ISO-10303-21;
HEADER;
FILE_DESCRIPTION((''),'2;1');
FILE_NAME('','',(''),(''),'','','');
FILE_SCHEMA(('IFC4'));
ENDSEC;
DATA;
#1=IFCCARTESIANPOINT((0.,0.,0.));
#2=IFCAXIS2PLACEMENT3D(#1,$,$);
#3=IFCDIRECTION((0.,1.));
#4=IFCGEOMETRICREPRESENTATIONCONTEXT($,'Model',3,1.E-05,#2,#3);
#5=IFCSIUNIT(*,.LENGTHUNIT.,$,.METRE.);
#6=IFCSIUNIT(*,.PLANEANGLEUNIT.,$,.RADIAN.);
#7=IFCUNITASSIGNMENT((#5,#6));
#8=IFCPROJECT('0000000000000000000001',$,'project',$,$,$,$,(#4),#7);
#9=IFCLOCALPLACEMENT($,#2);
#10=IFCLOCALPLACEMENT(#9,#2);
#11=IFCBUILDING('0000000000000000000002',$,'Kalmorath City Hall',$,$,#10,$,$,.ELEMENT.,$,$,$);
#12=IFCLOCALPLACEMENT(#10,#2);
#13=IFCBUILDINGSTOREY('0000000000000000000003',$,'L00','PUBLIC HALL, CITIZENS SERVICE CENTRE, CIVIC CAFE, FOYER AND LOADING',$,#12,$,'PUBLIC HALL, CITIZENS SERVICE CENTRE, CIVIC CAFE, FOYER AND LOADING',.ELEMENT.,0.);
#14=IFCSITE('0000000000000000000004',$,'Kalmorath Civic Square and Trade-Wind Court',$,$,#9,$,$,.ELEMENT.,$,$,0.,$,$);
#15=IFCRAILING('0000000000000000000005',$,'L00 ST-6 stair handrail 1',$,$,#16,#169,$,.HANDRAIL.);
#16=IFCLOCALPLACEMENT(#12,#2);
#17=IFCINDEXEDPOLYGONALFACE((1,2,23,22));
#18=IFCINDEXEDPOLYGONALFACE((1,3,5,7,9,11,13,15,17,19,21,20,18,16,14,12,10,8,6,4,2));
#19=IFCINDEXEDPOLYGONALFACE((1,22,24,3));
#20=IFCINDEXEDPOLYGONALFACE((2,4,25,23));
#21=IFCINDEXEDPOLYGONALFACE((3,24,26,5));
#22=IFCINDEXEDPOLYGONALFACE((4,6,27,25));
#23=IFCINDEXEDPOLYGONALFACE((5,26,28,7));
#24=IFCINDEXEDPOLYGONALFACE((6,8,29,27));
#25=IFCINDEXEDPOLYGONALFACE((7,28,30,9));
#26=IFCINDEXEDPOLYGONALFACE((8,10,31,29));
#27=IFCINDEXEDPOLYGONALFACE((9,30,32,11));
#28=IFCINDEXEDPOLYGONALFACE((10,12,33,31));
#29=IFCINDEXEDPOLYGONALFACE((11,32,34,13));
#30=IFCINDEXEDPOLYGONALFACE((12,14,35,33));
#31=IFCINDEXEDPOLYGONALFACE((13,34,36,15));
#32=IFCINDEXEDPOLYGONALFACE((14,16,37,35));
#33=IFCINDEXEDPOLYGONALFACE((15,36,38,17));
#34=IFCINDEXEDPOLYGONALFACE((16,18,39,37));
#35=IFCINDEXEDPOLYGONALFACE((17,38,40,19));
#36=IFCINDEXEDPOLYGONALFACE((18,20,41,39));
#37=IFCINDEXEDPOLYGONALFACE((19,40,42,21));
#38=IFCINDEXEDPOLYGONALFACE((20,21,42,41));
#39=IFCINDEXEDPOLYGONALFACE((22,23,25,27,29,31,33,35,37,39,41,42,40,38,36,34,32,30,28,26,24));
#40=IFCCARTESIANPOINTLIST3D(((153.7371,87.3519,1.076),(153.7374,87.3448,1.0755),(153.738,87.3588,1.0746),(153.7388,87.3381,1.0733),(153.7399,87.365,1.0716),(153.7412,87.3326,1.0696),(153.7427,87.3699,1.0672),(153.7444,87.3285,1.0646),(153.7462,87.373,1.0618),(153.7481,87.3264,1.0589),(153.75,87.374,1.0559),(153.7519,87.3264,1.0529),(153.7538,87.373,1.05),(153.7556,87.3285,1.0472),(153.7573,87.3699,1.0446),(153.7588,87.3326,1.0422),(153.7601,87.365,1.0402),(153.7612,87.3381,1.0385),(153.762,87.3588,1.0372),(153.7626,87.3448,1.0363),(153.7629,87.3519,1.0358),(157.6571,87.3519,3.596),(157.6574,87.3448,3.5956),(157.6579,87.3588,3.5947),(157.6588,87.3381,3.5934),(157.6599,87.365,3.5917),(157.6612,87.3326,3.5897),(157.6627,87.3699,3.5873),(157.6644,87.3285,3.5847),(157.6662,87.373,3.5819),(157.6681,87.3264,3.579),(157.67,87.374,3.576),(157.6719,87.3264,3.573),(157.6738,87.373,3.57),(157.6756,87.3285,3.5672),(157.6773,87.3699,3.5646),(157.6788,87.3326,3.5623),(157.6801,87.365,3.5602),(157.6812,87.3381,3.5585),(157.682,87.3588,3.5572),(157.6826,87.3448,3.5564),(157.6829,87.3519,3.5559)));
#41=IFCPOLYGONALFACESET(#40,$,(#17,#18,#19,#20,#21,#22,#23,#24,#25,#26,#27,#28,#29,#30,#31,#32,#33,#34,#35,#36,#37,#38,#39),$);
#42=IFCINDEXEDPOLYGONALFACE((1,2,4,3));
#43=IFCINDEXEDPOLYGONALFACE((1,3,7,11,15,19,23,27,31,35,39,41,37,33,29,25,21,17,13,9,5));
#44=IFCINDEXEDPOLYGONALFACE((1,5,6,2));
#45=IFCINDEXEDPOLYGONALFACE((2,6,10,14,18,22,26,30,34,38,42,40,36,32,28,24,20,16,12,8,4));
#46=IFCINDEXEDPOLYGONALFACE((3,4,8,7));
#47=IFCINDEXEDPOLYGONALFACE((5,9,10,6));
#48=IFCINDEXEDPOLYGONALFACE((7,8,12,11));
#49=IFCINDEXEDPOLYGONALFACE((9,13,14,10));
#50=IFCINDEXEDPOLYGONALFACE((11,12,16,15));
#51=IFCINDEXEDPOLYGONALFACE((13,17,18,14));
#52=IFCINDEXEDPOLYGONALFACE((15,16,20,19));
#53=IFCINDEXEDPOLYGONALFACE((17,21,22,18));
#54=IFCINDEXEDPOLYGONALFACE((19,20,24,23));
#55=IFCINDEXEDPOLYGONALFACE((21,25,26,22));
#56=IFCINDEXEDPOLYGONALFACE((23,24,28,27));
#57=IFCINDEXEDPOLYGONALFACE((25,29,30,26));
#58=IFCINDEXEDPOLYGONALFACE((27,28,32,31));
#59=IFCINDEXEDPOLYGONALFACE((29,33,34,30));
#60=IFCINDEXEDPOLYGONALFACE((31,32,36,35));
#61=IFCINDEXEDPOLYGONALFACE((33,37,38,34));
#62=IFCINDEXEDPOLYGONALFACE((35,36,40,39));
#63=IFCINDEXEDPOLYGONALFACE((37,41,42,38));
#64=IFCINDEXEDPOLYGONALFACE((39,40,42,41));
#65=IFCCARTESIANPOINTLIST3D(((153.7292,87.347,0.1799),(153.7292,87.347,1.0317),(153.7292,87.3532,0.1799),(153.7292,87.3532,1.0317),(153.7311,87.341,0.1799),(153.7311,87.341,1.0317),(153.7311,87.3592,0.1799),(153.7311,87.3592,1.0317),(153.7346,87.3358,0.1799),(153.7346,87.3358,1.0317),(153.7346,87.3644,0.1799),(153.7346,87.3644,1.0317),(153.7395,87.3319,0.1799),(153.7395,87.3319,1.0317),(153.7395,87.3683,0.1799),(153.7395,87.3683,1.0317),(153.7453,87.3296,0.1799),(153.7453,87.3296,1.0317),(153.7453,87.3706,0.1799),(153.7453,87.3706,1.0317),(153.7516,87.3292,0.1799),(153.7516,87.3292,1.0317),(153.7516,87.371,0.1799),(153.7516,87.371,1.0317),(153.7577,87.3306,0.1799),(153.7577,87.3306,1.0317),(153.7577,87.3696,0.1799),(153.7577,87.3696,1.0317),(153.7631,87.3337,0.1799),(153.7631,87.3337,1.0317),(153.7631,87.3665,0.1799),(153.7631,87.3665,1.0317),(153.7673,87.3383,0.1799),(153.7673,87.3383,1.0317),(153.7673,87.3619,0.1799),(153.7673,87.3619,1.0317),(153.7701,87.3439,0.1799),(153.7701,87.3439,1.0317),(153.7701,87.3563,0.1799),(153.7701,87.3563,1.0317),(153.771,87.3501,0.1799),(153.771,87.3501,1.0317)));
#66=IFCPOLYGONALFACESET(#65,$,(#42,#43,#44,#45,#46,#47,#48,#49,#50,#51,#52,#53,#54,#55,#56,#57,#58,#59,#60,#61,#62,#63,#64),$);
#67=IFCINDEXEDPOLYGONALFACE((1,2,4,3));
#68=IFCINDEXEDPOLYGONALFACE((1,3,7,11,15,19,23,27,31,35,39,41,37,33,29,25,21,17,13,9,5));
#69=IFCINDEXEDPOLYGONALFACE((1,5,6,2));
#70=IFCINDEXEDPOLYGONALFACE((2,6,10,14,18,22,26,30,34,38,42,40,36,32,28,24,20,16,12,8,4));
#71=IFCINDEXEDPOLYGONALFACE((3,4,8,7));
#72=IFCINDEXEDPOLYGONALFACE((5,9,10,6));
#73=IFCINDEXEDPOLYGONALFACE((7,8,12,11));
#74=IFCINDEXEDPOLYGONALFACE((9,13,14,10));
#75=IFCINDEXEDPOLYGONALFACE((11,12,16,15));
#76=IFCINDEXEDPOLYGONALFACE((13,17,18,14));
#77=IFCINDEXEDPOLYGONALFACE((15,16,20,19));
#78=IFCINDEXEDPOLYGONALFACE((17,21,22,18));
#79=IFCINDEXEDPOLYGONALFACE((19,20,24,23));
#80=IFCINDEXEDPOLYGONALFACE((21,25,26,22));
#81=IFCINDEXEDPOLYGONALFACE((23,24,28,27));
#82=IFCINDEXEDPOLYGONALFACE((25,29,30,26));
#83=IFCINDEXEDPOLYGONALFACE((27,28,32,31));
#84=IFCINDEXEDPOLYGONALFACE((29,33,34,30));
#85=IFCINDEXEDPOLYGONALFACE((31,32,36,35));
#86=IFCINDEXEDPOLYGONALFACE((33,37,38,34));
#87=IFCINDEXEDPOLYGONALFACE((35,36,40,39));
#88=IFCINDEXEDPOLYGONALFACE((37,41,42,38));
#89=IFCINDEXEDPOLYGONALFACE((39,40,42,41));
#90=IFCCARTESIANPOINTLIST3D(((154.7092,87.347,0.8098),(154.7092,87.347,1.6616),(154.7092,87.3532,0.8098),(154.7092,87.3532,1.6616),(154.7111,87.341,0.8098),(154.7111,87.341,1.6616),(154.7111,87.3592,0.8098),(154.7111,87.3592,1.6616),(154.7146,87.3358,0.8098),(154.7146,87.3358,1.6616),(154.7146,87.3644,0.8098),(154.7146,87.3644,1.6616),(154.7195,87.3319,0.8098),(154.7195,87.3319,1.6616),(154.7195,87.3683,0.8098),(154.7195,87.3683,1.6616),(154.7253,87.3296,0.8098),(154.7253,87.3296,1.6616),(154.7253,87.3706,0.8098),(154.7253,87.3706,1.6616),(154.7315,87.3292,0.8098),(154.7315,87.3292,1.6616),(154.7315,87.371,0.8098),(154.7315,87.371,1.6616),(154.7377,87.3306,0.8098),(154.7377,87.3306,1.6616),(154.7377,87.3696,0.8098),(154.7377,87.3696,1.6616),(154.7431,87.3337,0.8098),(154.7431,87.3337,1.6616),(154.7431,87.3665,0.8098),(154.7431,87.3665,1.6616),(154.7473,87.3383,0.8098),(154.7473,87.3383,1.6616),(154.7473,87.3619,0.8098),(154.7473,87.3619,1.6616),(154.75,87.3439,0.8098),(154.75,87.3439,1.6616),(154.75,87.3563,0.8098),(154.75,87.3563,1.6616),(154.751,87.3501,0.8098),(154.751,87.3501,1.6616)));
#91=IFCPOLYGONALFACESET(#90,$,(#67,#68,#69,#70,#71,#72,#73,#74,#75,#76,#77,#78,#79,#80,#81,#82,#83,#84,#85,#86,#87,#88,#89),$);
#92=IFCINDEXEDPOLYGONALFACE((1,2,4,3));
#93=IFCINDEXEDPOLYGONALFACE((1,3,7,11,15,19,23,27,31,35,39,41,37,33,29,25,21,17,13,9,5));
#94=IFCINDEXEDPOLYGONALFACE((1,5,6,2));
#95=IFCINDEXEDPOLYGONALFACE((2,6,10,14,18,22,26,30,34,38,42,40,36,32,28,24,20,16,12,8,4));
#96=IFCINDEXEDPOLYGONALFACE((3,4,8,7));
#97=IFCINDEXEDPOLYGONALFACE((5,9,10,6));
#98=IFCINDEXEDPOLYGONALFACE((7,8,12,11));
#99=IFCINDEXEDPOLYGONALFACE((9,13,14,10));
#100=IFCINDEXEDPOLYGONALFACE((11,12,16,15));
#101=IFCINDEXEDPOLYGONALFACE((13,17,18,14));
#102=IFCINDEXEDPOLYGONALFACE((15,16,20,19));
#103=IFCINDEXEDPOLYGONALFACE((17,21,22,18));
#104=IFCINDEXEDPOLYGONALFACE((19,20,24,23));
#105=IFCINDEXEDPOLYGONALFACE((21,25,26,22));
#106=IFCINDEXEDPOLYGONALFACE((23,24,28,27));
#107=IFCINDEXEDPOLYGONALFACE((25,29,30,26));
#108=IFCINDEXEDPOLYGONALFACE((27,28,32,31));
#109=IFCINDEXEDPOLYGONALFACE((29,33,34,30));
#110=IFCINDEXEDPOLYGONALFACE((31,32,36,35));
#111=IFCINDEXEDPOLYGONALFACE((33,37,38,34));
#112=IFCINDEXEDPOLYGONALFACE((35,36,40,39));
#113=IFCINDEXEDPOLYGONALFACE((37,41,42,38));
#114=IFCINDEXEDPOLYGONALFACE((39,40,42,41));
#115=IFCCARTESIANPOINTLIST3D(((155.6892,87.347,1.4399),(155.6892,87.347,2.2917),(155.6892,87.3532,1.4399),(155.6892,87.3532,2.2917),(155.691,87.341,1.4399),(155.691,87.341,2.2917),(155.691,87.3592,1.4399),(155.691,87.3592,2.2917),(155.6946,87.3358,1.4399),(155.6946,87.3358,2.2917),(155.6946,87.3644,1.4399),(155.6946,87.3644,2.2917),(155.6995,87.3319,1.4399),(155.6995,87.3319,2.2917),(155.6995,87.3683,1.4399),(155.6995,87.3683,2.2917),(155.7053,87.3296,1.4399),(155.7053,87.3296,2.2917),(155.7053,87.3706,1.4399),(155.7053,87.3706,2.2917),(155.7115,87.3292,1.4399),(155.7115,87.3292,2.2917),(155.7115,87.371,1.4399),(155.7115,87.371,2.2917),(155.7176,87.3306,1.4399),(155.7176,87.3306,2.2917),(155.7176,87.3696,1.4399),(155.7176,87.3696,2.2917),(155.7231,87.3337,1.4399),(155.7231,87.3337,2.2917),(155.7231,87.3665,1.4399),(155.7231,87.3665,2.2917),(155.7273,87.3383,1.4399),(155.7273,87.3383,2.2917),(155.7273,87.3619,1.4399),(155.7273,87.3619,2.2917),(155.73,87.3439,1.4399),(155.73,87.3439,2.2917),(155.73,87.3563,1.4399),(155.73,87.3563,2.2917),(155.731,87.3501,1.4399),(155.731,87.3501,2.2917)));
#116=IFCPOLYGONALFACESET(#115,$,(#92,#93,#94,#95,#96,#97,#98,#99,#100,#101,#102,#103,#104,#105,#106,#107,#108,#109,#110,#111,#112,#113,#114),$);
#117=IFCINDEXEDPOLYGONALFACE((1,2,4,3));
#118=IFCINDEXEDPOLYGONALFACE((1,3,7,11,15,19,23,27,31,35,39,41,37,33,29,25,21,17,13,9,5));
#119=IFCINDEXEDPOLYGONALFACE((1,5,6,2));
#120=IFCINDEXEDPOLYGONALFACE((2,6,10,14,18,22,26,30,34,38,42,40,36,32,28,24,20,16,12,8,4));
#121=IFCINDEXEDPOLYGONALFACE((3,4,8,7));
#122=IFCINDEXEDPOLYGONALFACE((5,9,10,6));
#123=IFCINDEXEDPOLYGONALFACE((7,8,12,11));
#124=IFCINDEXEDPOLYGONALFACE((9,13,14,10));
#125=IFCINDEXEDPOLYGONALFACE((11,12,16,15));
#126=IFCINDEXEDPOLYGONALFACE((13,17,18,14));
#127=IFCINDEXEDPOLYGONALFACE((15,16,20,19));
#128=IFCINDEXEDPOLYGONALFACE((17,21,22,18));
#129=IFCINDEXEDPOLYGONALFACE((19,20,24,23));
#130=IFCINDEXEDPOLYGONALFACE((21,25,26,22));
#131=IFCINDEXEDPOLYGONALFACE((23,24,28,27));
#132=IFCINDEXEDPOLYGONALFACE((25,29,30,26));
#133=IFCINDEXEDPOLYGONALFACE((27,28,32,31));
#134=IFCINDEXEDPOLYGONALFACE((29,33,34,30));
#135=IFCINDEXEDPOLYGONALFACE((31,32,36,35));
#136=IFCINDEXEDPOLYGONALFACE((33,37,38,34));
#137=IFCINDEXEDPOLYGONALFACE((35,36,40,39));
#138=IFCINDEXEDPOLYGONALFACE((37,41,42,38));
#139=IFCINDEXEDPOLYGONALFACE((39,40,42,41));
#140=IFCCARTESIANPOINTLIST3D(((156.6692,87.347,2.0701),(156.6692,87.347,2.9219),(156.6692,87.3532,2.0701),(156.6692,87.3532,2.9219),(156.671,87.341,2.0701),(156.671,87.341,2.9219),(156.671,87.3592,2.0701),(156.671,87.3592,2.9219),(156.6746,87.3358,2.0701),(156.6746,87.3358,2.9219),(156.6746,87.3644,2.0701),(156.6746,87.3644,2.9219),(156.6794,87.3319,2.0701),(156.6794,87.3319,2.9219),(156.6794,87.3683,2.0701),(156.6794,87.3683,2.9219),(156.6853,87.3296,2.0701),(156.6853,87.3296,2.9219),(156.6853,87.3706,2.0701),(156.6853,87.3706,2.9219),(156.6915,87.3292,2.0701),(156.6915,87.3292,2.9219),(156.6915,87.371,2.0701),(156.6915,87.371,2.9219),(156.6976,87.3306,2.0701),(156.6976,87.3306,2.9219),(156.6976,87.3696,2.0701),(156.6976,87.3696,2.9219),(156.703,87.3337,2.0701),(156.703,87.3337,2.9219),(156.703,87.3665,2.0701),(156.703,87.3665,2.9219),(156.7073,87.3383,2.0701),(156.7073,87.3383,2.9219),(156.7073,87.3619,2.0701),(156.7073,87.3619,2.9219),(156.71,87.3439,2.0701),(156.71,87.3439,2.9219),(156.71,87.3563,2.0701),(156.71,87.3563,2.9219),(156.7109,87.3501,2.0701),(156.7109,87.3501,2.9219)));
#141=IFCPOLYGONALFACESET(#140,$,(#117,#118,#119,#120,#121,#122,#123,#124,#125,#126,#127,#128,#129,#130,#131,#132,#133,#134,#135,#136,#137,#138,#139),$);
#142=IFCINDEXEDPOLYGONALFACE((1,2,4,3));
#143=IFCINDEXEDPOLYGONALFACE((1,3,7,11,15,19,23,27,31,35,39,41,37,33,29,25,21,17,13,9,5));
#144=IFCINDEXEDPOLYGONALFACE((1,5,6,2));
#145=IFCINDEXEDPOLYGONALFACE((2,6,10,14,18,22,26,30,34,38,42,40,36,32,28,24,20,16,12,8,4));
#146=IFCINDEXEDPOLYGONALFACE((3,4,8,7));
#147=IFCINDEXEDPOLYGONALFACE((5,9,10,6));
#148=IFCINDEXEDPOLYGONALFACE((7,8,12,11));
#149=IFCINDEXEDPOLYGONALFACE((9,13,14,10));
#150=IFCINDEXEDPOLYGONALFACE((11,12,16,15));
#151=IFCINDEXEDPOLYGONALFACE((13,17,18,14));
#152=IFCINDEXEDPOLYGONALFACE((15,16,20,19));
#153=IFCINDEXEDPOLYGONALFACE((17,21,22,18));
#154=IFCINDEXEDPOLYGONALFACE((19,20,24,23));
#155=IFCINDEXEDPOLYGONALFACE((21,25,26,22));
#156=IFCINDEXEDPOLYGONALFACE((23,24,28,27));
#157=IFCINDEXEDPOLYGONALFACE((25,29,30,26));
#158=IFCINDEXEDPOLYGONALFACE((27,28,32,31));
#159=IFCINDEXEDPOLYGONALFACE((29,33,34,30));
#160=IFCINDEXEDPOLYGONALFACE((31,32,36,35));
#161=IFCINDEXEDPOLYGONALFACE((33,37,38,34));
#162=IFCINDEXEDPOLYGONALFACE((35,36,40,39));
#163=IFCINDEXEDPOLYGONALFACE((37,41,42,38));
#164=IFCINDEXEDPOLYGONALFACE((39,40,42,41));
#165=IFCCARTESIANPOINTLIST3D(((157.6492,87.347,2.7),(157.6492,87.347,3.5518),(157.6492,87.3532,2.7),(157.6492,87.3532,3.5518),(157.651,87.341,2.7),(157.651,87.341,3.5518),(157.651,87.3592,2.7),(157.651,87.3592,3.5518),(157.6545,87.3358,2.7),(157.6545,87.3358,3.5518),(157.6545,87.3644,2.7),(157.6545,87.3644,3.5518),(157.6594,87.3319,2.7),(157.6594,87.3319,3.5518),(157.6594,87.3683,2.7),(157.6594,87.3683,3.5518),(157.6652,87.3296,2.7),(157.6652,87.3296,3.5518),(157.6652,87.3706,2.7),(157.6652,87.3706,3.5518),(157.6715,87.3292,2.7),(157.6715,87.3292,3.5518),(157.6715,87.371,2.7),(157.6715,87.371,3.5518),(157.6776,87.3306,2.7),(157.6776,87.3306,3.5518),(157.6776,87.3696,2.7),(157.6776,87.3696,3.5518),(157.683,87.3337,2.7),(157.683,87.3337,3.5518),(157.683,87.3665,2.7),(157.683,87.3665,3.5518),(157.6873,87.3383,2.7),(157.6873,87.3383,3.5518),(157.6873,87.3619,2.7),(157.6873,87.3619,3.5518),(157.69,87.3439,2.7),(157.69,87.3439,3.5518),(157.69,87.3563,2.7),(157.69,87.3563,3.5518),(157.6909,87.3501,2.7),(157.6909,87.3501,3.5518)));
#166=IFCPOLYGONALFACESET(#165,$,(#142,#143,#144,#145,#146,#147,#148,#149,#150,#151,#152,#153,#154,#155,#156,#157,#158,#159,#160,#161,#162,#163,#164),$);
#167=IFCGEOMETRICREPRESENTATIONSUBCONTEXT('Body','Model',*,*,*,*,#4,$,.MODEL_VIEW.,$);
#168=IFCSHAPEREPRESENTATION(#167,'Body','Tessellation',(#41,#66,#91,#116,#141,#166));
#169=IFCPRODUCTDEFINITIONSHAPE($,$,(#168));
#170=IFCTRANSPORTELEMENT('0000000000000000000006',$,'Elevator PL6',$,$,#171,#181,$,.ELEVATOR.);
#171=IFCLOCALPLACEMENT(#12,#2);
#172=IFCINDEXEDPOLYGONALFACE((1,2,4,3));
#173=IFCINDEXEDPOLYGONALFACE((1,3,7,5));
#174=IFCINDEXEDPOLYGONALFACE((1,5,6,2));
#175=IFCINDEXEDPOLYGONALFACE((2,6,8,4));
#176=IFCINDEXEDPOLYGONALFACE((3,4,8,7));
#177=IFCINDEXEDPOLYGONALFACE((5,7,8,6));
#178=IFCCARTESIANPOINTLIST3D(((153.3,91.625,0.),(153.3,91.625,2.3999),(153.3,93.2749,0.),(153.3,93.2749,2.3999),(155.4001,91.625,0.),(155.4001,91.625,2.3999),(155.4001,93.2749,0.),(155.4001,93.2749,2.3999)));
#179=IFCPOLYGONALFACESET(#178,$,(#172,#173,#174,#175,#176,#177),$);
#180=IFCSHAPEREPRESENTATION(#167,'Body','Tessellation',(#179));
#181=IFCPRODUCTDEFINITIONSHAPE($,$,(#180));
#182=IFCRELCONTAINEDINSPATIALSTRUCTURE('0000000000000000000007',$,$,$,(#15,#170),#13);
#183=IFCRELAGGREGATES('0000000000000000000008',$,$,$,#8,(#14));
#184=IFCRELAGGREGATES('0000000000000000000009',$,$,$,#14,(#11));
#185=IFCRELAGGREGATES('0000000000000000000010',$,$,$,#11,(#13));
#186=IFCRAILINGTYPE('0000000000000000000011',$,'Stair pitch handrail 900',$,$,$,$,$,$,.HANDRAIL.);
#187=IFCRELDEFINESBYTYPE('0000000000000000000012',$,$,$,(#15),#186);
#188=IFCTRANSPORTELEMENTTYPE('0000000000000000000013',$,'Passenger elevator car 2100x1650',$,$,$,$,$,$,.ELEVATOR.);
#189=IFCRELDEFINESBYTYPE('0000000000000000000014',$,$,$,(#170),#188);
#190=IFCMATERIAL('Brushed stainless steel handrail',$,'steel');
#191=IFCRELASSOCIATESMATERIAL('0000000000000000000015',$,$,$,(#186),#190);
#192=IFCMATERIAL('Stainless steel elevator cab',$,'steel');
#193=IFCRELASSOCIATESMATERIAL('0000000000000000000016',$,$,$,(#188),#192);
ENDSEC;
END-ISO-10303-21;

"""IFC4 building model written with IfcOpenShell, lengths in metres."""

from ifc_helpers import new_model, si_unit, direction, frame, origin, origin_2d, place, context, subcontext, project, spatial, rectangle, circle, extrude, material, type_object, element, save


model = new_model("IFC4")

# Units and contexts
model_context = context("Model", 3, precision=1e-05, world=origin(), true_north=direction((0.0, 1.0)))
body_context = subcontext(model_context, "Body", "Model", "MODEL_VIEW")
ifc_project = project(units=[si_unit("LENGTHUNIT", "METRE"), si_unit("PLANEANGLEUNIT", "RADIAN")], contexts=[model_context])

# Site, building, storey
site_placement = place(None, origin())
site = spatial("IfcSite", under=ifc_project, at=site_placement, Name="Kalmorath Civic Square and Trade-Wind Court", CompositionType="ELEMENT", RefElevation=0.0)
building_placement = place(site_placement, origin())
building = spatial("IfcBuilding", under=site, at=building_placement, Name="Kalmorath City Hall", CompositionType="ELEMENT")
storey_placement = place(building_placement, origin())
storey = spatial("IfcBuildingStorey", under=building, at=storey_placement, Name="L00", Description="PUBLIC HALL, CITIZENS SERVICE CENTRE, CIVIC CAFE, FOYER AND LOADING", LongName="PUBLIC HALL, CITIZENS SERVICE CENTRE, CIVIC CAFE, FOYER AND LOADING", CompositionType="ELEMENT", Elevation=0.0)

# Railing
ifc_material_1 = material(Name="Brushed stainless steel handrail", Category="steel")
railing_type_1 = type_object("IfcRailingType", Name="Stair pitch handrail 900", PredefinedType="HANDRAIL", material=ifc_material_1)
railing_1_placement = place(storey_placement, frame((153.75, 87.3501, 0.1799)))
element("IfcRailing", 1, at=railing_1_placement, inside=storey, type_object=railing_type_1, Name="L00 ST-6 stair handrail 1", PredefinedType="HANDRAIL", context=body_context, shape_type="SweptSolid", body=[
    extrude(circle(Radius=0.0239, at=origin_2d()), frame((0.0, 0.0, 0.876), z_axis=(0.841172, 0.0, 0.540768), x_axis=(0.0, 1.0, 0.0)), (0.0, 0.0, 1.0), 4.6602),
    extrude(circle(Radius=0.021, at=origin_2d()), origin(), (0.0, 0.0, 1.0), 0.8518),
    extrude(circle(Radius=0.021, at=origin_2d()), frame((0.98, 0.0, 0.6299)), (0.0, 0.0, 1.0), 0.8518),
    extrude(circle(Radius=0.021, at=origin_2d()), frame((1.96, 0.0, 1.26)), (0.0, 0.0, 1.0), 0.8518),
    extrude(circle(Radius=0.021, at=origin_2d()), frame((2.9399, 0.0, 1.8901)), (0.0, 0.0, 1.0), 0.8518),
    extrude(circle(Radius=0.021, at=origin_2d()), frame((3.9199, 0.0, 2.52)), (0.0, 0.0, 1.0), 0.8518),
])

# Transport element
ifc_material_2 = material(Name="Stainless steel elevator cab", Category="steel")
transport_element_type = type_object("IfcTransportElementType", Name="Passenger elevator car 2100x1650", PredefinedType="ELEVATOR", material=ifc_material_2)
transport_element_placement = place(storey_placement, frame((154.3501, 92.45, 0.0), z_axis=(0.0, 0.0, 1.0), x_axis=(1.0, 0.0, 0.0)))
element("IfcTransportElement", 2, at=transport_element_placement, inside=storey, type_object=transport_element_type, Name="Elevator PL6", PredefinedType="ELEVATOR", context=body_context, shape_type="SweptSolid", body=[
    extrude(rectangle(XDim=2.1001, YDim=1.6499, at=origin_2d()), origin(), (0.0, 0.0, 1.0), 2.3999),
])

save(model, "model.ifc")
